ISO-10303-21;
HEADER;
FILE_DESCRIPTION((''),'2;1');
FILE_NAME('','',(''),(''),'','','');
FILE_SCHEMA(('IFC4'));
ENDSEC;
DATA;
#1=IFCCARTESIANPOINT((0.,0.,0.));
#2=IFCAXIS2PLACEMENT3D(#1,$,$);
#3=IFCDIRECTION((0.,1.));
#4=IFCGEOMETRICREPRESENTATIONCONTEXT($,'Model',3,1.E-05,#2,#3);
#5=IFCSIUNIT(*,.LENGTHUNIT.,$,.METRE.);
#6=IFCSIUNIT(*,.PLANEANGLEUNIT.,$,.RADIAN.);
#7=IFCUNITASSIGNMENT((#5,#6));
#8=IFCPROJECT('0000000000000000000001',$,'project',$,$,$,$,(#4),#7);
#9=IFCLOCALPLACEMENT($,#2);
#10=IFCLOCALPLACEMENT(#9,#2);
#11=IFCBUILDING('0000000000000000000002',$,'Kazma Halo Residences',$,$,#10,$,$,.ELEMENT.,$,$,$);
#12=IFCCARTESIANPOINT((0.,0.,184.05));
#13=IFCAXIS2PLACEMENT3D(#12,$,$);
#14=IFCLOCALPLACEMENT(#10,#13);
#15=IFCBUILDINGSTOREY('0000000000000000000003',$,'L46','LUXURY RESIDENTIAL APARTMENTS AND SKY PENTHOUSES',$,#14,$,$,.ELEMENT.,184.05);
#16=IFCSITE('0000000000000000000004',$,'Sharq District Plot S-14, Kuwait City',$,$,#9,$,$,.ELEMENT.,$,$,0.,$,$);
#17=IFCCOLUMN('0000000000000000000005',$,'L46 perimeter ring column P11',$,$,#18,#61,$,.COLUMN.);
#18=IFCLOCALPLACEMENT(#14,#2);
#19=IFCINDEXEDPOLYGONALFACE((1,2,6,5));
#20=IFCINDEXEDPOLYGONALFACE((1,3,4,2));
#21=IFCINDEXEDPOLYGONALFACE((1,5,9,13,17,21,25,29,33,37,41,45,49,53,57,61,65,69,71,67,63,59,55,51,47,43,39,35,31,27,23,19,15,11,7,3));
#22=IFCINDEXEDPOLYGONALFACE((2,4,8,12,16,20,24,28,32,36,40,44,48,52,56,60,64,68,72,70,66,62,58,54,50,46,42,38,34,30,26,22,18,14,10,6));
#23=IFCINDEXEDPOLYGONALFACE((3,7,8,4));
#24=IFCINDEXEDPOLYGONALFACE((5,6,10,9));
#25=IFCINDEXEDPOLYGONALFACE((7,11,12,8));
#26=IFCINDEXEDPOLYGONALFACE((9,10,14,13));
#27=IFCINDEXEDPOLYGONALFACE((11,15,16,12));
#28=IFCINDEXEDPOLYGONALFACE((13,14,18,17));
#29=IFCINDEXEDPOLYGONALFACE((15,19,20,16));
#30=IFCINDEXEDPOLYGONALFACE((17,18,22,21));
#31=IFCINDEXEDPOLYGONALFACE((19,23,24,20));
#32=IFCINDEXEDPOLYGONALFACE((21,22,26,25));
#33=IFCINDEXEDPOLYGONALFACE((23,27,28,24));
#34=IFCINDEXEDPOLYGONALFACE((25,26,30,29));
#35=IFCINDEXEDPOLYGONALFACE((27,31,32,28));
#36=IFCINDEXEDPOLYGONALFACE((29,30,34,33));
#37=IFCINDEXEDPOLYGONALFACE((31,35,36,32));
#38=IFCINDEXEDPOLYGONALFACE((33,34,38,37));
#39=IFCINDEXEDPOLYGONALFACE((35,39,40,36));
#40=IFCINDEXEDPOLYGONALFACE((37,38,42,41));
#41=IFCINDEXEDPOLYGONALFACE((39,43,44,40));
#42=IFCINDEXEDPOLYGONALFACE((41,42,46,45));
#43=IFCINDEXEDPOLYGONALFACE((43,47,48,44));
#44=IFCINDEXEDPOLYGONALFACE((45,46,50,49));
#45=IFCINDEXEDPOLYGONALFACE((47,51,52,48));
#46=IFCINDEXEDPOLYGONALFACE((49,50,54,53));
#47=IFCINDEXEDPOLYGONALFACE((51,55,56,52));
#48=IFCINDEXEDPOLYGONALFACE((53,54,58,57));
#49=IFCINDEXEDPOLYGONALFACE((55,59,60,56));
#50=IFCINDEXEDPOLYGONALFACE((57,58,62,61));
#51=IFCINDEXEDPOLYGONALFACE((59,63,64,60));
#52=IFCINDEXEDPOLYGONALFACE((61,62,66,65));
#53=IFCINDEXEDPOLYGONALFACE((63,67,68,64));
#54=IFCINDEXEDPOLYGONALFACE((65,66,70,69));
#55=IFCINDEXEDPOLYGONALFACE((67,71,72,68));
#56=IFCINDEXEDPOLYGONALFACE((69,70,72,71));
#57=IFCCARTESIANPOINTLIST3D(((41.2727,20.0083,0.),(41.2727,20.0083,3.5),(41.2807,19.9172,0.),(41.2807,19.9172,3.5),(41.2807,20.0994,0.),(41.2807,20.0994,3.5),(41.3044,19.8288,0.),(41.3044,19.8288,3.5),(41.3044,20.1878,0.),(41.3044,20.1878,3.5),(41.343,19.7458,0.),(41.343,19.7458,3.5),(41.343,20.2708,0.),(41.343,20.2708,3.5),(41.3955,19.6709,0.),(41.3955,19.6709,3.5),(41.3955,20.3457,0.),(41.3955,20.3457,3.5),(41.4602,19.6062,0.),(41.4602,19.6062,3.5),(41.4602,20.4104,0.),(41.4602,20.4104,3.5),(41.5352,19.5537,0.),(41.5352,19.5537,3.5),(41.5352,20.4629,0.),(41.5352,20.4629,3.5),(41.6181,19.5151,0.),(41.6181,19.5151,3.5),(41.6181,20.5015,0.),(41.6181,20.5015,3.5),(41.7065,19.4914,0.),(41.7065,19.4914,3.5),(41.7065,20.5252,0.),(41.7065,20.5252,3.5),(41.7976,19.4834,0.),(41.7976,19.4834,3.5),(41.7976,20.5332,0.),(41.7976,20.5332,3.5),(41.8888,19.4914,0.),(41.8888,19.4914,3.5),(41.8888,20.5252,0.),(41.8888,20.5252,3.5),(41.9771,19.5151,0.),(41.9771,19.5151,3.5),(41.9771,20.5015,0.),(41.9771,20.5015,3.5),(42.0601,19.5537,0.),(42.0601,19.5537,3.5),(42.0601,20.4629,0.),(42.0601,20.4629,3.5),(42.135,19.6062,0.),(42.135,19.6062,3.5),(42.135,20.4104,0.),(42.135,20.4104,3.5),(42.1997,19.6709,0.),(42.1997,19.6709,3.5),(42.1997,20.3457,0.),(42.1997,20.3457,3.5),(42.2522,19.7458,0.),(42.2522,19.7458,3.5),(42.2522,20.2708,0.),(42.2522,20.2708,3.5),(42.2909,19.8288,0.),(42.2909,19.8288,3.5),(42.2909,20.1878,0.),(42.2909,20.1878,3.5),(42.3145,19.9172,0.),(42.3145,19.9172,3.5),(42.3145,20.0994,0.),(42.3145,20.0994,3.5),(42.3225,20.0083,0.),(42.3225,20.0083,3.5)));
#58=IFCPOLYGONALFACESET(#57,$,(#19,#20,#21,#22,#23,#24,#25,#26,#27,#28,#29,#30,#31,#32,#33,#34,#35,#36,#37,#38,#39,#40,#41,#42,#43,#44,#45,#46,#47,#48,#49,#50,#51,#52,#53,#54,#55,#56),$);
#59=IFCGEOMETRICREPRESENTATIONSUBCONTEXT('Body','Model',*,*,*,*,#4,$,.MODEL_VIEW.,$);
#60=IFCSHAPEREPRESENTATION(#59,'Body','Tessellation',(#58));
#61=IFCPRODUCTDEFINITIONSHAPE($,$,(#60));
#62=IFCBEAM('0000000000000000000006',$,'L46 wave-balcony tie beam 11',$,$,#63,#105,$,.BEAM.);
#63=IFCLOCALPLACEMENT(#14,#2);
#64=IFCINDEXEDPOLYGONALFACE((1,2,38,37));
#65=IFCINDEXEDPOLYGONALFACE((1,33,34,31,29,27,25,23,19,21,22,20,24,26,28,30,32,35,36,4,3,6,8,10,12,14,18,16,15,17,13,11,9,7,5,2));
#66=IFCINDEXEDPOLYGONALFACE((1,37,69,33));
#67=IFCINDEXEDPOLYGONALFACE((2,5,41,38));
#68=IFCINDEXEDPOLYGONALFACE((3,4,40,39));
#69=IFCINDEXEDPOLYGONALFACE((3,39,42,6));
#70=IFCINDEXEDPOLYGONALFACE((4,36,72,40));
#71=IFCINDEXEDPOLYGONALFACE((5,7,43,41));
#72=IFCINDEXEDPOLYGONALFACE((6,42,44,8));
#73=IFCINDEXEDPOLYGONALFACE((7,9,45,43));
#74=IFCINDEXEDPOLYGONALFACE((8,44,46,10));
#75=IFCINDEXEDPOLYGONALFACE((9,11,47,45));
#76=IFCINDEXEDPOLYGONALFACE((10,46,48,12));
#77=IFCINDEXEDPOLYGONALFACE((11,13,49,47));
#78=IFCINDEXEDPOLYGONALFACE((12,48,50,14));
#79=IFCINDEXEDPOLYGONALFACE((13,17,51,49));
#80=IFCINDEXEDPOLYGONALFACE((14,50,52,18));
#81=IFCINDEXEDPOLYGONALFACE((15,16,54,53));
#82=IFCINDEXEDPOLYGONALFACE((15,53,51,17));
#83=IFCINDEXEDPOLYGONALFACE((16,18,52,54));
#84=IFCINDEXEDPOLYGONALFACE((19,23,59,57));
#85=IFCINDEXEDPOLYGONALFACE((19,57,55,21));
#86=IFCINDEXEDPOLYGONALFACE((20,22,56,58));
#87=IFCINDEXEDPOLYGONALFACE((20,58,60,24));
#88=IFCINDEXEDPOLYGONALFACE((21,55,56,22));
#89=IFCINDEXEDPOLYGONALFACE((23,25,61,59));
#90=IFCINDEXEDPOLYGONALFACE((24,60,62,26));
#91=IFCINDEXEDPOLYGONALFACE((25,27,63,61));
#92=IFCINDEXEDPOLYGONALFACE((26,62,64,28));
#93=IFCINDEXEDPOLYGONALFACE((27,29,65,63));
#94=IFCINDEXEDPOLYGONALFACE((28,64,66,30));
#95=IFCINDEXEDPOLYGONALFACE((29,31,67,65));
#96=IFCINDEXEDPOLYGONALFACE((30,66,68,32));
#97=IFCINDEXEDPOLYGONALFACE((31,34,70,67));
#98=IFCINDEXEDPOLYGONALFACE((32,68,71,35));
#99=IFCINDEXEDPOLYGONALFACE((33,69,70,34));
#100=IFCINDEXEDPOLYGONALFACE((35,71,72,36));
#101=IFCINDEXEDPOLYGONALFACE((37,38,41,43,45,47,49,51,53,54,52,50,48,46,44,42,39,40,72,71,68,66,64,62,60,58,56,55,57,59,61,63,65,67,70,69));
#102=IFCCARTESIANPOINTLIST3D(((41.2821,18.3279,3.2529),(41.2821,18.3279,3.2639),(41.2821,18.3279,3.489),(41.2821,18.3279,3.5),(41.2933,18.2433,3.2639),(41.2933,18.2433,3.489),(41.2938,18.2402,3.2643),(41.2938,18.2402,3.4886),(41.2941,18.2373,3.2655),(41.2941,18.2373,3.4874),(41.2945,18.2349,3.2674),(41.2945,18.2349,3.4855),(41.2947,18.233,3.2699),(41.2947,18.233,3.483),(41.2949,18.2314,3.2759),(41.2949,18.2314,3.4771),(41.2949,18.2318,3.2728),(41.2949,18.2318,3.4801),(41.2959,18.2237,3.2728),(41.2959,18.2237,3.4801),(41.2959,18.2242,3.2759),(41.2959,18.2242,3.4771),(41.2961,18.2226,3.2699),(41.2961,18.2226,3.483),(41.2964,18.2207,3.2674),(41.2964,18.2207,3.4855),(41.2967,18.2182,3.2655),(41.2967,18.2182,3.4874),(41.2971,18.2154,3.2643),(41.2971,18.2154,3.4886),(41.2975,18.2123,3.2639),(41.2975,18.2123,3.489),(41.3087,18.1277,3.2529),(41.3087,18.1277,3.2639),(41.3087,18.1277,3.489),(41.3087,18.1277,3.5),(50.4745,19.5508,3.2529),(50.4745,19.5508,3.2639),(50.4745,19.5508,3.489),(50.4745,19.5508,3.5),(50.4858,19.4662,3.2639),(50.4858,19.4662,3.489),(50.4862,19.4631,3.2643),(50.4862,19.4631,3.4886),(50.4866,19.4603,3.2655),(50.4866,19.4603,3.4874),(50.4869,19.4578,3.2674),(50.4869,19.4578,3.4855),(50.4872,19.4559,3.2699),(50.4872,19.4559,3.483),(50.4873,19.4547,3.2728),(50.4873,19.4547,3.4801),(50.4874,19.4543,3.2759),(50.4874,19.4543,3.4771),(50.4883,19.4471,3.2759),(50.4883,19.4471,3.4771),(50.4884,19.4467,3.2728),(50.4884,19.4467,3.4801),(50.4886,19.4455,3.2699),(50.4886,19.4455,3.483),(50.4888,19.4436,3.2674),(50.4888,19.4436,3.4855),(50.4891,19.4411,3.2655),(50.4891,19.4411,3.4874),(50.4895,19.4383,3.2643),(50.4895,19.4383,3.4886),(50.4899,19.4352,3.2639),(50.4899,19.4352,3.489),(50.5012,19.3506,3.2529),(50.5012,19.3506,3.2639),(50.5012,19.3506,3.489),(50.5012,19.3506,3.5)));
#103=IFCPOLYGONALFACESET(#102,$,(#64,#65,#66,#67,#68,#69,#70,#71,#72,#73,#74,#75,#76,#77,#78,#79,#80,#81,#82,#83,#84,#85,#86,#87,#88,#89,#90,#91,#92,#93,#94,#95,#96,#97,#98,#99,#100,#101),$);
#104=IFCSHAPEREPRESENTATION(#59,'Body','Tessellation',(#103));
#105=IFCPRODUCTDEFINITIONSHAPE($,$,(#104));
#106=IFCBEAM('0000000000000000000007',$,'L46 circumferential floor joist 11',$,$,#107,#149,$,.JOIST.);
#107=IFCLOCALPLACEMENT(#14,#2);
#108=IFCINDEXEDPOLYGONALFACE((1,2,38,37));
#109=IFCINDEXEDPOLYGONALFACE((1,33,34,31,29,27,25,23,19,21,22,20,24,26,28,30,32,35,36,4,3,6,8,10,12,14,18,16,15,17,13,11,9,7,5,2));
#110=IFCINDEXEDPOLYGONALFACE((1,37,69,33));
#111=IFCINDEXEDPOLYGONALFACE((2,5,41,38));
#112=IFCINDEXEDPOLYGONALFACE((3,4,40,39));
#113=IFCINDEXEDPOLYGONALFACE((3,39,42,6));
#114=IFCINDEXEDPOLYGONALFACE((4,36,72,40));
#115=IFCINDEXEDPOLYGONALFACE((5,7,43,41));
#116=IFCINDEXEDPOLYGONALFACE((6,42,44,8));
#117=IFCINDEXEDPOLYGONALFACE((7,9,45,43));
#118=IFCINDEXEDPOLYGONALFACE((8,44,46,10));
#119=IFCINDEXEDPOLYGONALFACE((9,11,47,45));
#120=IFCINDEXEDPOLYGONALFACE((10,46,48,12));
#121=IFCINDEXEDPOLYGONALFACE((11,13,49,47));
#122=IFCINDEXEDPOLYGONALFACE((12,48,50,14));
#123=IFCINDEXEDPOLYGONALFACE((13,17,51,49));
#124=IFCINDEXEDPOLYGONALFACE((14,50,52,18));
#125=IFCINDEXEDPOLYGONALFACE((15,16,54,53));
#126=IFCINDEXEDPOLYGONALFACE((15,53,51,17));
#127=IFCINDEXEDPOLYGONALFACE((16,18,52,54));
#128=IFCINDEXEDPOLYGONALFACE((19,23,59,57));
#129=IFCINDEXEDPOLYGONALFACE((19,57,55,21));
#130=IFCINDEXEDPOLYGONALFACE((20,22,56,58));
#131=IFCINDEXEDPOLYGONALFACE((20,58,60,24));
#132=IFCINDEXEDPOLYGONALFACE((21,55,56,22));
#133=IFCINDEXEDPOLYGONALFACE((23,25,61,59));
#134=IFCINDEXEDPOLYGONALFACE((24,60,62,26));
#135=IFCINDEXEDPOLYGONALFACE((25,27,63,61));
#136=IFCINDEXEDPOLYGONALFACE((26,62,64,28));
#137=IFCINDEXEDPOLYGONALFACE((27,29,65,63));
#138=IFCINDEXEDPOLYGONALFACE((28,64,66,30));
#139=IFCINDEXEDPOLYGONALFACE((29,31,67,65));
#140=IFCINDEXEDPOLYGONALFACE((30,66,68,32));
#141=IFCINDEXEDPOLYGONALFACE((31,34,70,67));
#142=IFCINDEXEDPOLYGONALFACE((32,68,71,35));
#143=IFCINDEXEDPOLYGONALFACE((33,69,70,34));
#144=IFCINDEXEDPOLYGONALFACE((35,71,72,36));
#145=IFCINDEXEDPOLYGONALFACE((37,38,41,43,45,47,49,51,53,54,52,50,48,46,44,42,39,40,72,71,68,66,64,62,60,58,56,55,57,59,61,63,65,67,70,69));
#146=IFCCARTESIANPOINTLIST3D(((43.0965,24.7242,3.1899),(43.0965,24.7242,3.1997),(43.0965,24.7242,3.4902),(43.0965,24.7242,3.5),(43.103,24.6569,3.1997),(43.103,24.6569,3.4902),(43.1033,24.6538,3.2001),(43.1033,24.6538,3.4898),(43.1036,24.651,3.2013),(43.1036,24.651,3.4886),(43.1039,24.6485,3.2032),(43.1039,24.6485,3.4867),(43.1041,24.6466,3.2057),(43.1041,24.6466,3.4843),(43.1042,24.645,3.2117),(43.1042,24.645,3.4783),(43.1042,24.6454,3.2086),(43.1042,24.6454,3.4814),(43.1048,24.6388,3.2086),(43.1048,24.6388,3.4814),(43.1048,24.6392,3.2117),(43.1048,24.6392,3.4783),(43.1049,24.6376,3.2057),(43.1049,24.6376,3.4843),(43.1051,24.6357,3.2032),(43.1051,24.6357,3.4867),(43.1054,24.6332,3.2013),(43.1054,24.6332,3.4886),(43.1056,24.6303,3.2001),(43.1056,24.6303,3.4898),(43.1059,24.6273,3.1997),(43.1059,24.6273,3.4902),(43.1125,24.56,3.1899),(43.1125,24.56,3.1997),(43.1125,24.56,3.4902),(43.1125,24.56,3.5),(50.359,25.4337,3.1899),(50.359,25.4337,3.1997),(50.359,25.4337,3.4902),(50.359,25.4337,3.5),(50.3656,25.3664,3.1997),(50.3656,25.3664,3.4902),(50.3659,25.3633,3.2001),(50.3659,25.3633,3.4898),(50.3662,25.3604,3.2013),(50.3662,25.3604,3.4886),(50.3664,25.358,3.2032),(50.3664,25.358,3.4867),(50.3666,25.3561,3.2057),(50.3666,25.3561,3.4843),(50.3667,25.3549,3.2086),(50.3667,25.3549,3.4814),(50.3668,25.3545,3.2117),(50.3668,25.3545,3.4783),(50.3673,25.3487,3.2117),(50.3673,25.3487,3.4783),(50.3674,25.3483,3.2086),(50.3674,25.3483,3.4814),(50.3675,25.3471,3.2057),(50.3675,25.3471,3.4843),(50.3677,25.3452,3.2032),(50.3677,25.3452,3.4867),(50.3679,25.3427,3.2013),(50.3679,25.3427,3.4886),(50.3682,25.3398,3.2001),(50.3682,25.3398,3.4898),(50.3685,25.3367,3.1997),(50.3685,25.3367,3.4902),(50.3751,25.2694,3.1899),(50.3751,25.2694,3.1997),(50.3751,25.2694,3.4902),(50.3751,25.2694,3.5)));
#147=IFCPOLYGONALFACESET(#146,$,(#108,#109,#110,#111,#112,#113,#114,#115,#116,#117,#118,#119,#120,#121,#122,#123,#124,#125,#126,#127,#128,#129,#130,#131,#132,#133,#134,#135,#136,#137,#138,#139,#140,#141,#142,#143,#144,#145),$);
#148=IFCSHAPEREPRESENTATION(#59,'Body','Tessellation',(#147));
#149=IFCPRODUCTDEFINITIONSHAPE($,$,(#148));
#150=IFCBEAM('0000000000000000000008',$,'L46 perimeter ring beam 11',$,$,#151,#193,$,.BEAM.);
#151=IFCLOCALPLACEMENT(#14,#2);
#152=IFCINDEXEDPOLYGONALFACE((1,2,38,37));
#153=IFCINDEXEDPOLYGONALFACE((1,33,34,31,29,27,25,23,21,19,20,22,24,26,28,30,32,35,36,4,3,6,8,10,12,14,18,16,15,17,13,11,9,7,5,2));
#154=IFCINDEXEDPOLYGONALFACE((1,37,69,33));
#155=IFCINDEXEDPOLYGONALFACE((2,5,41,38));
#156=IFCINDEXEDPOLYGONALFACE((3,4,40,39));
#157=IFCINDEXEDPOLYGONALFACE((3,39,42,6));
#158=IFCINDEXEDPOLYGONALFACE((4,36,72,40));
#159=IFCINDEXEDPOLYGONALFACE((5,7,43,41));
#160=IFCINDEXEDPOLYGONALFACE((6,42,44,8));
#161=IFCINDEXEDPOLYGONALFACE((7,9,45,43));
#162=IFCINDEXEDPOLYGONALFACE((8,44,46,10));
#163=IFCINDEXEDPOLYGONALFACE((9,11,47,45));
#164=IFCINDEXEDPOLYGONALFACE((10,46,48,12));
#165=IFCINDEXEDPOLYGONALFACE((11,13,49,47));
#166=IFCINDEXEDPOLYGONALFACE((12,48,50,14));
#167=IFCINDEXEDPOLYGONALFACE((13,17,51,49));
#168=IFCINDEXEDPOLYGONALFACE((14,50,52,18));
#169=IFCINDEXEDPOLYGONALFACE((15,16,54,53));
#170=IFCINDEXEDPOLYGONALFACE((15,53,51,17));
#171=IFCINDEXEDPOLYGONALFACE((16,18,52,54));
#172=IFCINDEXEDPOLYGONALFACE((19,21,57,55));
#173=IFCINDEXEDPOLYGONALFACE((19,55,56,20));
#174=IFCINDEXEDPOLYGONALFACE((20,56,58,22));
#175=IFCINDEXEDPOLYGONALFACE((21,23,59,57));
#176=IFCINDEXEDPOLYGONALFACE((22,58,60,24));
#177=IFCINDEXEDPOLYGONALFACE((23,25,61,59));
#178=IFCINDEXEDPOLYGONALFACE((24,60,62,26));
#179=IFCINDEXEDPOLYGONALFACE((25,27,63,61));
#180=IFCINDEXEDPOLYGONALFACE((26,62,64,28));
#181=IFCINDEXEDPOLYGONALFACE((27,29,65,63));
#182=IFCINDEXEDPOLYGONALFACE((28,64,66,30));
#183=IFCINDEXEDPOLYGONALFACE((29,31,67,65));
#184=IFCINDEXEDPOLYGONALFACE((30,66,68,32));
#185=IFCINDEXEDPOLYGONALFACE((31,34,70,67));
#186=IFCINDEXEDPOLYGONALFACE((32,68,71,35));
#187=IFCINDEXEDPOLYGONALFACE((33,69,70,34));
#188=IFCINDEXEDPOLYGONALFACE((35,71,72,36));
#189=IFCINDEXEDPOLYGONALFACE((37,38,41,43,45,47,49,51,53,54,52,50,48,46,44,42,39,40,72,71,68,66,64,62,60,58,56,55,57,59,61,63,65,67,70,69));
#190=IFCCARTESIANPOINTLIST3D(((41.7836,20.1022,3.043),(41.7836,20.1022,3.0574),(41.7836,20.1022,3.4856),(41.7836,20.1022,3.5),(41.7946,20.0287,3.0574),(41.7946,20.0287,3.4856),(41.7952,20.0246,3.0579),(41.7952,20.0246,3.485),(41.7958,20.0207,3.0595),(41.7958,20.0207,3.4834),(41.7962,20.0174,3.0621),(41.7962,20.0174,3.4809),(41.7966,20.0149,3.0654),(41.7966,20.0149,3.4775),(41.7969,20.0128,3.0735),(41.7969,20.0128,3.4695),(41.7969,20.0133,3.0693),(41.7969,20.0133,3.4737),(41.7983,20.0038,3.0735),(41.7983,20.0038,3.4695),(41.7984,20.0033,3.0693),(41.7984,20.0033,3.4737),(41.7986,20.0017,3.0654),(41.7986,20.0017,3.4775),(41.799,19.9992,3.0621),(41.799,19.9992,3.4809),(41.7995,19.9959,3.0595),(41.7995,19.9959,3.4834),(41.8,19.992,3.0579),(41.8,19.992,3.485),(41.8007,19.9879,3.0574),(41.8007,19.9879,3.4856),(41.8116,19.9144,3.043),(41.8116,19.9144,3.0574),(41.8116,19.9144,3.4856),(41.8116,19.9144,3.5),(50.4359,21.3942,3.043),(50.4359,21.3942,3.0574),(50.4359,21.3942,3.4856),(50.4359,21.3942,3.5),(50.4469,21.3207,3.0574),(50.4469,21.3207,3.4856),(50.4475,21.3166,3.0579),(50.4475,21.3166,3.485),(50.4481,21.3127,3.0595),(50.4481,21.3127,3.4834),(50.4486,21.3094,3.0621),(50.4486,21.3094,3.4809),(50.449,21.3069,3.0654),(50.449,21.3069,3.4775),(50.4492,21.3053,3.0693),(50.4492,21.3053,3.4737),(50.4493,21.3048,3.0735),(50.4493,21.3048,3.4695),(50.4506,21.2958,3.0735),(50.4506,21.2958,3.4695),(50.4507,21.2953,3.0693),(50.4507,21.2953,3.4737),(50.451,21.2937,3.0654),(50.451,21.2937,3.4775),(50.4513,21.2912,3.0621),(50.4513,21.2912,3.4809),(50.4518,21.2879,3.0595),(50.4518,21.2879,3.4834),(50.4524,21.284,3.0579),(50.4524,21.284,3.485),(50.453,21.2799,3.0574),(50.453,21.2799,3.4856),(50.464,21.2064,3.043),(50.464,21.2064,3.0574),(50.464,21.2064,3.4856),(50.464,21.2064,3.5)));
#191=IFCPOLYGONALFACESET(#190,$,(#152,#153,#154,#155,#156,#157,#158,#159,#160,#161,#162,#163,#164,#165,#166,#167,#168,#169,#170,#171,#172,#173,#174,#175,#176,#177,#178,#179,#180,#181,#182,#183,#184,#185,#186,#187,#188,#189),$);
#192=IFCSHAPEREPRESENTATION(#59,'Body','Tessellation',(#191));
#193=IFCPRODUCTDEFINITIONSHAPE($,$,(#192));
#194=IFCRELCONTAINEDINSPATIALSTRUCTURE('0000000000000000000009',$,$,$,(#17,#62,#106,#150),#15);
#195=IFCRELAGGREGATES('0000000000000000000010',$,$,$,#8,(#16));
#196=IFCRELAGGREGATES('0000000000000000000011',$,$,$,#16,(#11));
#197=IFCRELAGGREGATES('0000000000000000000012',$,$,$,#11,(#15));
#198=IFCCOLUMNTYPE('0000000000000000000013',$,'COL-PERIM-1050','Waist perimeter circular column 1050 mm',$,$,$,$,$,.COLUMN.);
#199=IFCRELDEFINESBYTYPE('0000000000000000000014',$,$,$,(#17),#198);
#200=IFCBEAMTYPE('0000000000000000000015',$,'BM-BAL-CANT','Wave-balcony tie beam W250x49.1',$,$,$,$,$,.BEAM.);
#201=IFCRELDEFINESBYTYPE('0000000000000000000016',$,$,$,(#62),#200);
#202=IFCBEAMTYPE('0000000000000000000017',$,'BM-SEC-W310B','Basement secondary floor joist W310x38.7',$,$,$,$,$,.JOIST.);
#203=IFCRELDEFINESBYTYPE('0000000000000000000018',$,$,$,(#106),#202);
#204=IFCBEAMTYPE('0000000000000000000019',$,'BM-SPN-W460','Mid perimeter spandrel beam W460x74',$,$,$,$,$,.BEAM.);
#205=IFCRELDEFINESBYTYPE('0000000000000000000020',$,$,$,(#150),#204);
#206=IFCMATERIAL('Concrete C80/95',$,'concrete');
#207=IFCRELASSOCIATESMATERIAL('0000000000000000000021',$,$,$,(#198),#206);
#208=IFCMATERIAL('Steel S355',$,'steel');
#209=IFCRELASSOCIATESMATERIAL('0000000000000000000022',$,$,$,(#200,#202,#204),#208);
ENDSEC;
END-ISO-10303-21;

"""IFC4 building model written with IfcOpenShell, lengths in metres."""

from ifc_helpers import new_model, si_unit, direction, frame, origin, origin_2d, place, context, subcontext, project, spatial, circle, i_section, extrude, material, material_profile, profile_set, type_object, element, save


model = new_model("IFC4")

# Units and contexts
model_context = context("Model", 3, precision=1e-05, world=origin(), true_north=direction((0.0, 1.0)))
body_context = subcontext(model_context, "Body", "Model", "MODEL_VIEW")
ifc_project = project(units=[si_unit("LENGTHUNIT", "METRE"), si_unit("PLANEANGLEUNIT", "RADIAN")], contexts=[model_context])

# Site, building, storey
site_placement = place(None, origin())
site = spatial("IfcSite", under=ifc_project, at=site_placement, Name="Sharq District Plot S-14, Kuwait City", CompositionType="ELEMENT", RefElevation=0.0)
building_placement = place(site_placement, origin())
building = spatial("IfcBuilding", under=site, at=building_placement, Name="Kazma Halo Residences", CompositionType="ELEMENT")
storey_placement = place(building_placement, frame((0.0, 0.0, 184.05)))
storey = spatial("IfcBuildingStorey", under=building, at=storey_placement, Name="L46", Description="LUXURY RESIDENTIAL APARTMENTS AND SKY PENTHOUSES", CompositionType="ELEMENT", Elevation=184.05)

# Column
ifc_material_1 = material(Name="Concrete C80/95", Category="concrete")
ifc_material_profile_1 = material_profile(ifc_material_1, circle(Radius=0.5249, at=origin_2d()), Name="CIRC1050")
ifc_profile_set_1 = profile_set([ifc_material_profile_1], Name="Concrete C80/95")
column_type = type_object("IfcColumnType", Name="COL-PERIM-1050", Description="Waist perimeter circular column 1050 mm", PredefinedType="COLUMN", material=ifc_profile_set_1)
column_placement = place(storey_placement, frame((41.7976, 20.0083, 0.0), z_axis=(0.0, 0.0, 1.0), x_axis=(1.0, 0.0, 0.0)))
element("IfcColumn", 1, at=column_placement, inside=storey, type_object=column_type, Name="L46 perimeter ring column P11", PredefinedType="COLUMN", context=body_context, shape_type="SweptSolid", body=[
    extrude(circle(Radius=0.5249, at=origin_2d()), origin(), (0.0, 0.0, 1.0), 3.5),
])

# Beams
ifc_material_2 = material(Name="Steel S355", Category="steel")
ifc_material_profile_2 = material_profile(ifc_material_2, i_section(OverallWidth=0.2019, OverallDepth=0.2471, WebThickness=0.0073, FlangeThickness=0.011, FilletRadius=0.012, at=origin_2d()), Name="W250x49.1")
ifc_profile_set_2 = profile_set([ifc_material_profile_2], Name="Steel S355")
beam_type_1 = type_object("IfcBeamType", Name="BM-BAL-CANT", Description="Wave-balcony tie beam W250x49.1", PredefinedType="BEAM", material=ifc_profile_set_2)
beam_1_placement = place(storey_placement, frame((41.2954, 18.2278, 3.3765), z_axis=(0.991267, 0.131872, 0.0), x_axis=(-0.131872, 0.991267, 0.0)))
element("IfcBeam", 2, at=beam_1_placement, inside=storey, type_object=beam_type_1, Name="L46 wave-balcony tie beam 11", PredefinedType="BEAM", context=body_context, shape_type="SweptSolid", body=[
    extrude(i_section(OverallWidth=0.2019, OverallDepth=0.2471, WebThickness=0.0073, FlangeThickness=0.011, FilletRadius=0.012, at=origin_2d()), origin(), (0.0, 0.0, 1.0), 9.2734),
])
ifc_material_profile_3 = material_profile(ifc_material_2, i_section(OverallWidth=0.165, OverallDepth=0.3101, WebThickness=0.0059, FlangeThickness=0.0098, FilletRadius=0.012, at=origin_2d()), Name="W310x38.7")
ifc_profile_set_3 = profile_set([ifc_material_profile_3], Name="Steel S355")
beam_type_2 = type_object("IfcBeamType", Name="BM-SEC-W310B", Description="Basement secondary floor joist W310x38.7", PredefinedType="JOIST", material=ifc_profile_set_3)
beam_2_placement = place(storey_placement, frame((43.1045, 24.6421, 3.345), z_axis=(0.995262, 0.097228, 0.0), x_axis=(-0.097228, 0.995262, 0.0)))
element("IfcBeam", 3, at=beam_2_placement, inside=storey, type_object=beam_type_2, Name="L46 circumferential floor joist 11", PredefinedType="JOIST", context=body_context, shape_type="SweptSolid", body=[
    extrude(i_section(OverallWidth=0.165, OverallDepth=0.3101, WebThickness=0.0059, FlangeThickness=0.0098, FilletRadius=0.012, at=origin_2d()), origin(), (0.0, 0.0, 1.0), 7.2971),
])
ifc_material_profile_4 = material_profile(ifc_material_2, i_section(OverallWidth=0.1899, OverallDepth=0.457, WebThickness=0.009, FlangeThickness=0.0144, FilletRadius=0.0161, at=origin_2d()), Name="W460x74")
ifc_profile_set_4 = profile_set([ifc_material_profile_4], Name="Steel S355")
beam_type_3 = type_object("IfcBeamType", Name="BM-SPN-W460", Description="Mid perimeter spandrel beam W460x74", PredefinedType="BEAM", material=ifc_profile_set_4)
beam_3_placement = place(storey_placement, frame((41.7976, 20.0083, 3.2715), z_axis=(0.989034, 0.147685, 0.0), x_axis=(-0.147685, 0.989034, 0.0)))
element("IfcBeam", 4, at=beam_3_placement, inside=storey, type_object=beam_type_3, Name="L46 perimeter ring beam 11", PredefinedType="BEAM", context=body_context, shape_type="SweptSolid", body=[
    extrude(i_section(OverallWidth=0.1899, OverallDepth=0.457, WebThickness=0.009, FlangeThickness=0.0144, FilletRadius=0.0161, at=origin_2d()), origin(), (0.0, 0.0, 1.0), 8.7483),
])

save(model, "model.ifc")
